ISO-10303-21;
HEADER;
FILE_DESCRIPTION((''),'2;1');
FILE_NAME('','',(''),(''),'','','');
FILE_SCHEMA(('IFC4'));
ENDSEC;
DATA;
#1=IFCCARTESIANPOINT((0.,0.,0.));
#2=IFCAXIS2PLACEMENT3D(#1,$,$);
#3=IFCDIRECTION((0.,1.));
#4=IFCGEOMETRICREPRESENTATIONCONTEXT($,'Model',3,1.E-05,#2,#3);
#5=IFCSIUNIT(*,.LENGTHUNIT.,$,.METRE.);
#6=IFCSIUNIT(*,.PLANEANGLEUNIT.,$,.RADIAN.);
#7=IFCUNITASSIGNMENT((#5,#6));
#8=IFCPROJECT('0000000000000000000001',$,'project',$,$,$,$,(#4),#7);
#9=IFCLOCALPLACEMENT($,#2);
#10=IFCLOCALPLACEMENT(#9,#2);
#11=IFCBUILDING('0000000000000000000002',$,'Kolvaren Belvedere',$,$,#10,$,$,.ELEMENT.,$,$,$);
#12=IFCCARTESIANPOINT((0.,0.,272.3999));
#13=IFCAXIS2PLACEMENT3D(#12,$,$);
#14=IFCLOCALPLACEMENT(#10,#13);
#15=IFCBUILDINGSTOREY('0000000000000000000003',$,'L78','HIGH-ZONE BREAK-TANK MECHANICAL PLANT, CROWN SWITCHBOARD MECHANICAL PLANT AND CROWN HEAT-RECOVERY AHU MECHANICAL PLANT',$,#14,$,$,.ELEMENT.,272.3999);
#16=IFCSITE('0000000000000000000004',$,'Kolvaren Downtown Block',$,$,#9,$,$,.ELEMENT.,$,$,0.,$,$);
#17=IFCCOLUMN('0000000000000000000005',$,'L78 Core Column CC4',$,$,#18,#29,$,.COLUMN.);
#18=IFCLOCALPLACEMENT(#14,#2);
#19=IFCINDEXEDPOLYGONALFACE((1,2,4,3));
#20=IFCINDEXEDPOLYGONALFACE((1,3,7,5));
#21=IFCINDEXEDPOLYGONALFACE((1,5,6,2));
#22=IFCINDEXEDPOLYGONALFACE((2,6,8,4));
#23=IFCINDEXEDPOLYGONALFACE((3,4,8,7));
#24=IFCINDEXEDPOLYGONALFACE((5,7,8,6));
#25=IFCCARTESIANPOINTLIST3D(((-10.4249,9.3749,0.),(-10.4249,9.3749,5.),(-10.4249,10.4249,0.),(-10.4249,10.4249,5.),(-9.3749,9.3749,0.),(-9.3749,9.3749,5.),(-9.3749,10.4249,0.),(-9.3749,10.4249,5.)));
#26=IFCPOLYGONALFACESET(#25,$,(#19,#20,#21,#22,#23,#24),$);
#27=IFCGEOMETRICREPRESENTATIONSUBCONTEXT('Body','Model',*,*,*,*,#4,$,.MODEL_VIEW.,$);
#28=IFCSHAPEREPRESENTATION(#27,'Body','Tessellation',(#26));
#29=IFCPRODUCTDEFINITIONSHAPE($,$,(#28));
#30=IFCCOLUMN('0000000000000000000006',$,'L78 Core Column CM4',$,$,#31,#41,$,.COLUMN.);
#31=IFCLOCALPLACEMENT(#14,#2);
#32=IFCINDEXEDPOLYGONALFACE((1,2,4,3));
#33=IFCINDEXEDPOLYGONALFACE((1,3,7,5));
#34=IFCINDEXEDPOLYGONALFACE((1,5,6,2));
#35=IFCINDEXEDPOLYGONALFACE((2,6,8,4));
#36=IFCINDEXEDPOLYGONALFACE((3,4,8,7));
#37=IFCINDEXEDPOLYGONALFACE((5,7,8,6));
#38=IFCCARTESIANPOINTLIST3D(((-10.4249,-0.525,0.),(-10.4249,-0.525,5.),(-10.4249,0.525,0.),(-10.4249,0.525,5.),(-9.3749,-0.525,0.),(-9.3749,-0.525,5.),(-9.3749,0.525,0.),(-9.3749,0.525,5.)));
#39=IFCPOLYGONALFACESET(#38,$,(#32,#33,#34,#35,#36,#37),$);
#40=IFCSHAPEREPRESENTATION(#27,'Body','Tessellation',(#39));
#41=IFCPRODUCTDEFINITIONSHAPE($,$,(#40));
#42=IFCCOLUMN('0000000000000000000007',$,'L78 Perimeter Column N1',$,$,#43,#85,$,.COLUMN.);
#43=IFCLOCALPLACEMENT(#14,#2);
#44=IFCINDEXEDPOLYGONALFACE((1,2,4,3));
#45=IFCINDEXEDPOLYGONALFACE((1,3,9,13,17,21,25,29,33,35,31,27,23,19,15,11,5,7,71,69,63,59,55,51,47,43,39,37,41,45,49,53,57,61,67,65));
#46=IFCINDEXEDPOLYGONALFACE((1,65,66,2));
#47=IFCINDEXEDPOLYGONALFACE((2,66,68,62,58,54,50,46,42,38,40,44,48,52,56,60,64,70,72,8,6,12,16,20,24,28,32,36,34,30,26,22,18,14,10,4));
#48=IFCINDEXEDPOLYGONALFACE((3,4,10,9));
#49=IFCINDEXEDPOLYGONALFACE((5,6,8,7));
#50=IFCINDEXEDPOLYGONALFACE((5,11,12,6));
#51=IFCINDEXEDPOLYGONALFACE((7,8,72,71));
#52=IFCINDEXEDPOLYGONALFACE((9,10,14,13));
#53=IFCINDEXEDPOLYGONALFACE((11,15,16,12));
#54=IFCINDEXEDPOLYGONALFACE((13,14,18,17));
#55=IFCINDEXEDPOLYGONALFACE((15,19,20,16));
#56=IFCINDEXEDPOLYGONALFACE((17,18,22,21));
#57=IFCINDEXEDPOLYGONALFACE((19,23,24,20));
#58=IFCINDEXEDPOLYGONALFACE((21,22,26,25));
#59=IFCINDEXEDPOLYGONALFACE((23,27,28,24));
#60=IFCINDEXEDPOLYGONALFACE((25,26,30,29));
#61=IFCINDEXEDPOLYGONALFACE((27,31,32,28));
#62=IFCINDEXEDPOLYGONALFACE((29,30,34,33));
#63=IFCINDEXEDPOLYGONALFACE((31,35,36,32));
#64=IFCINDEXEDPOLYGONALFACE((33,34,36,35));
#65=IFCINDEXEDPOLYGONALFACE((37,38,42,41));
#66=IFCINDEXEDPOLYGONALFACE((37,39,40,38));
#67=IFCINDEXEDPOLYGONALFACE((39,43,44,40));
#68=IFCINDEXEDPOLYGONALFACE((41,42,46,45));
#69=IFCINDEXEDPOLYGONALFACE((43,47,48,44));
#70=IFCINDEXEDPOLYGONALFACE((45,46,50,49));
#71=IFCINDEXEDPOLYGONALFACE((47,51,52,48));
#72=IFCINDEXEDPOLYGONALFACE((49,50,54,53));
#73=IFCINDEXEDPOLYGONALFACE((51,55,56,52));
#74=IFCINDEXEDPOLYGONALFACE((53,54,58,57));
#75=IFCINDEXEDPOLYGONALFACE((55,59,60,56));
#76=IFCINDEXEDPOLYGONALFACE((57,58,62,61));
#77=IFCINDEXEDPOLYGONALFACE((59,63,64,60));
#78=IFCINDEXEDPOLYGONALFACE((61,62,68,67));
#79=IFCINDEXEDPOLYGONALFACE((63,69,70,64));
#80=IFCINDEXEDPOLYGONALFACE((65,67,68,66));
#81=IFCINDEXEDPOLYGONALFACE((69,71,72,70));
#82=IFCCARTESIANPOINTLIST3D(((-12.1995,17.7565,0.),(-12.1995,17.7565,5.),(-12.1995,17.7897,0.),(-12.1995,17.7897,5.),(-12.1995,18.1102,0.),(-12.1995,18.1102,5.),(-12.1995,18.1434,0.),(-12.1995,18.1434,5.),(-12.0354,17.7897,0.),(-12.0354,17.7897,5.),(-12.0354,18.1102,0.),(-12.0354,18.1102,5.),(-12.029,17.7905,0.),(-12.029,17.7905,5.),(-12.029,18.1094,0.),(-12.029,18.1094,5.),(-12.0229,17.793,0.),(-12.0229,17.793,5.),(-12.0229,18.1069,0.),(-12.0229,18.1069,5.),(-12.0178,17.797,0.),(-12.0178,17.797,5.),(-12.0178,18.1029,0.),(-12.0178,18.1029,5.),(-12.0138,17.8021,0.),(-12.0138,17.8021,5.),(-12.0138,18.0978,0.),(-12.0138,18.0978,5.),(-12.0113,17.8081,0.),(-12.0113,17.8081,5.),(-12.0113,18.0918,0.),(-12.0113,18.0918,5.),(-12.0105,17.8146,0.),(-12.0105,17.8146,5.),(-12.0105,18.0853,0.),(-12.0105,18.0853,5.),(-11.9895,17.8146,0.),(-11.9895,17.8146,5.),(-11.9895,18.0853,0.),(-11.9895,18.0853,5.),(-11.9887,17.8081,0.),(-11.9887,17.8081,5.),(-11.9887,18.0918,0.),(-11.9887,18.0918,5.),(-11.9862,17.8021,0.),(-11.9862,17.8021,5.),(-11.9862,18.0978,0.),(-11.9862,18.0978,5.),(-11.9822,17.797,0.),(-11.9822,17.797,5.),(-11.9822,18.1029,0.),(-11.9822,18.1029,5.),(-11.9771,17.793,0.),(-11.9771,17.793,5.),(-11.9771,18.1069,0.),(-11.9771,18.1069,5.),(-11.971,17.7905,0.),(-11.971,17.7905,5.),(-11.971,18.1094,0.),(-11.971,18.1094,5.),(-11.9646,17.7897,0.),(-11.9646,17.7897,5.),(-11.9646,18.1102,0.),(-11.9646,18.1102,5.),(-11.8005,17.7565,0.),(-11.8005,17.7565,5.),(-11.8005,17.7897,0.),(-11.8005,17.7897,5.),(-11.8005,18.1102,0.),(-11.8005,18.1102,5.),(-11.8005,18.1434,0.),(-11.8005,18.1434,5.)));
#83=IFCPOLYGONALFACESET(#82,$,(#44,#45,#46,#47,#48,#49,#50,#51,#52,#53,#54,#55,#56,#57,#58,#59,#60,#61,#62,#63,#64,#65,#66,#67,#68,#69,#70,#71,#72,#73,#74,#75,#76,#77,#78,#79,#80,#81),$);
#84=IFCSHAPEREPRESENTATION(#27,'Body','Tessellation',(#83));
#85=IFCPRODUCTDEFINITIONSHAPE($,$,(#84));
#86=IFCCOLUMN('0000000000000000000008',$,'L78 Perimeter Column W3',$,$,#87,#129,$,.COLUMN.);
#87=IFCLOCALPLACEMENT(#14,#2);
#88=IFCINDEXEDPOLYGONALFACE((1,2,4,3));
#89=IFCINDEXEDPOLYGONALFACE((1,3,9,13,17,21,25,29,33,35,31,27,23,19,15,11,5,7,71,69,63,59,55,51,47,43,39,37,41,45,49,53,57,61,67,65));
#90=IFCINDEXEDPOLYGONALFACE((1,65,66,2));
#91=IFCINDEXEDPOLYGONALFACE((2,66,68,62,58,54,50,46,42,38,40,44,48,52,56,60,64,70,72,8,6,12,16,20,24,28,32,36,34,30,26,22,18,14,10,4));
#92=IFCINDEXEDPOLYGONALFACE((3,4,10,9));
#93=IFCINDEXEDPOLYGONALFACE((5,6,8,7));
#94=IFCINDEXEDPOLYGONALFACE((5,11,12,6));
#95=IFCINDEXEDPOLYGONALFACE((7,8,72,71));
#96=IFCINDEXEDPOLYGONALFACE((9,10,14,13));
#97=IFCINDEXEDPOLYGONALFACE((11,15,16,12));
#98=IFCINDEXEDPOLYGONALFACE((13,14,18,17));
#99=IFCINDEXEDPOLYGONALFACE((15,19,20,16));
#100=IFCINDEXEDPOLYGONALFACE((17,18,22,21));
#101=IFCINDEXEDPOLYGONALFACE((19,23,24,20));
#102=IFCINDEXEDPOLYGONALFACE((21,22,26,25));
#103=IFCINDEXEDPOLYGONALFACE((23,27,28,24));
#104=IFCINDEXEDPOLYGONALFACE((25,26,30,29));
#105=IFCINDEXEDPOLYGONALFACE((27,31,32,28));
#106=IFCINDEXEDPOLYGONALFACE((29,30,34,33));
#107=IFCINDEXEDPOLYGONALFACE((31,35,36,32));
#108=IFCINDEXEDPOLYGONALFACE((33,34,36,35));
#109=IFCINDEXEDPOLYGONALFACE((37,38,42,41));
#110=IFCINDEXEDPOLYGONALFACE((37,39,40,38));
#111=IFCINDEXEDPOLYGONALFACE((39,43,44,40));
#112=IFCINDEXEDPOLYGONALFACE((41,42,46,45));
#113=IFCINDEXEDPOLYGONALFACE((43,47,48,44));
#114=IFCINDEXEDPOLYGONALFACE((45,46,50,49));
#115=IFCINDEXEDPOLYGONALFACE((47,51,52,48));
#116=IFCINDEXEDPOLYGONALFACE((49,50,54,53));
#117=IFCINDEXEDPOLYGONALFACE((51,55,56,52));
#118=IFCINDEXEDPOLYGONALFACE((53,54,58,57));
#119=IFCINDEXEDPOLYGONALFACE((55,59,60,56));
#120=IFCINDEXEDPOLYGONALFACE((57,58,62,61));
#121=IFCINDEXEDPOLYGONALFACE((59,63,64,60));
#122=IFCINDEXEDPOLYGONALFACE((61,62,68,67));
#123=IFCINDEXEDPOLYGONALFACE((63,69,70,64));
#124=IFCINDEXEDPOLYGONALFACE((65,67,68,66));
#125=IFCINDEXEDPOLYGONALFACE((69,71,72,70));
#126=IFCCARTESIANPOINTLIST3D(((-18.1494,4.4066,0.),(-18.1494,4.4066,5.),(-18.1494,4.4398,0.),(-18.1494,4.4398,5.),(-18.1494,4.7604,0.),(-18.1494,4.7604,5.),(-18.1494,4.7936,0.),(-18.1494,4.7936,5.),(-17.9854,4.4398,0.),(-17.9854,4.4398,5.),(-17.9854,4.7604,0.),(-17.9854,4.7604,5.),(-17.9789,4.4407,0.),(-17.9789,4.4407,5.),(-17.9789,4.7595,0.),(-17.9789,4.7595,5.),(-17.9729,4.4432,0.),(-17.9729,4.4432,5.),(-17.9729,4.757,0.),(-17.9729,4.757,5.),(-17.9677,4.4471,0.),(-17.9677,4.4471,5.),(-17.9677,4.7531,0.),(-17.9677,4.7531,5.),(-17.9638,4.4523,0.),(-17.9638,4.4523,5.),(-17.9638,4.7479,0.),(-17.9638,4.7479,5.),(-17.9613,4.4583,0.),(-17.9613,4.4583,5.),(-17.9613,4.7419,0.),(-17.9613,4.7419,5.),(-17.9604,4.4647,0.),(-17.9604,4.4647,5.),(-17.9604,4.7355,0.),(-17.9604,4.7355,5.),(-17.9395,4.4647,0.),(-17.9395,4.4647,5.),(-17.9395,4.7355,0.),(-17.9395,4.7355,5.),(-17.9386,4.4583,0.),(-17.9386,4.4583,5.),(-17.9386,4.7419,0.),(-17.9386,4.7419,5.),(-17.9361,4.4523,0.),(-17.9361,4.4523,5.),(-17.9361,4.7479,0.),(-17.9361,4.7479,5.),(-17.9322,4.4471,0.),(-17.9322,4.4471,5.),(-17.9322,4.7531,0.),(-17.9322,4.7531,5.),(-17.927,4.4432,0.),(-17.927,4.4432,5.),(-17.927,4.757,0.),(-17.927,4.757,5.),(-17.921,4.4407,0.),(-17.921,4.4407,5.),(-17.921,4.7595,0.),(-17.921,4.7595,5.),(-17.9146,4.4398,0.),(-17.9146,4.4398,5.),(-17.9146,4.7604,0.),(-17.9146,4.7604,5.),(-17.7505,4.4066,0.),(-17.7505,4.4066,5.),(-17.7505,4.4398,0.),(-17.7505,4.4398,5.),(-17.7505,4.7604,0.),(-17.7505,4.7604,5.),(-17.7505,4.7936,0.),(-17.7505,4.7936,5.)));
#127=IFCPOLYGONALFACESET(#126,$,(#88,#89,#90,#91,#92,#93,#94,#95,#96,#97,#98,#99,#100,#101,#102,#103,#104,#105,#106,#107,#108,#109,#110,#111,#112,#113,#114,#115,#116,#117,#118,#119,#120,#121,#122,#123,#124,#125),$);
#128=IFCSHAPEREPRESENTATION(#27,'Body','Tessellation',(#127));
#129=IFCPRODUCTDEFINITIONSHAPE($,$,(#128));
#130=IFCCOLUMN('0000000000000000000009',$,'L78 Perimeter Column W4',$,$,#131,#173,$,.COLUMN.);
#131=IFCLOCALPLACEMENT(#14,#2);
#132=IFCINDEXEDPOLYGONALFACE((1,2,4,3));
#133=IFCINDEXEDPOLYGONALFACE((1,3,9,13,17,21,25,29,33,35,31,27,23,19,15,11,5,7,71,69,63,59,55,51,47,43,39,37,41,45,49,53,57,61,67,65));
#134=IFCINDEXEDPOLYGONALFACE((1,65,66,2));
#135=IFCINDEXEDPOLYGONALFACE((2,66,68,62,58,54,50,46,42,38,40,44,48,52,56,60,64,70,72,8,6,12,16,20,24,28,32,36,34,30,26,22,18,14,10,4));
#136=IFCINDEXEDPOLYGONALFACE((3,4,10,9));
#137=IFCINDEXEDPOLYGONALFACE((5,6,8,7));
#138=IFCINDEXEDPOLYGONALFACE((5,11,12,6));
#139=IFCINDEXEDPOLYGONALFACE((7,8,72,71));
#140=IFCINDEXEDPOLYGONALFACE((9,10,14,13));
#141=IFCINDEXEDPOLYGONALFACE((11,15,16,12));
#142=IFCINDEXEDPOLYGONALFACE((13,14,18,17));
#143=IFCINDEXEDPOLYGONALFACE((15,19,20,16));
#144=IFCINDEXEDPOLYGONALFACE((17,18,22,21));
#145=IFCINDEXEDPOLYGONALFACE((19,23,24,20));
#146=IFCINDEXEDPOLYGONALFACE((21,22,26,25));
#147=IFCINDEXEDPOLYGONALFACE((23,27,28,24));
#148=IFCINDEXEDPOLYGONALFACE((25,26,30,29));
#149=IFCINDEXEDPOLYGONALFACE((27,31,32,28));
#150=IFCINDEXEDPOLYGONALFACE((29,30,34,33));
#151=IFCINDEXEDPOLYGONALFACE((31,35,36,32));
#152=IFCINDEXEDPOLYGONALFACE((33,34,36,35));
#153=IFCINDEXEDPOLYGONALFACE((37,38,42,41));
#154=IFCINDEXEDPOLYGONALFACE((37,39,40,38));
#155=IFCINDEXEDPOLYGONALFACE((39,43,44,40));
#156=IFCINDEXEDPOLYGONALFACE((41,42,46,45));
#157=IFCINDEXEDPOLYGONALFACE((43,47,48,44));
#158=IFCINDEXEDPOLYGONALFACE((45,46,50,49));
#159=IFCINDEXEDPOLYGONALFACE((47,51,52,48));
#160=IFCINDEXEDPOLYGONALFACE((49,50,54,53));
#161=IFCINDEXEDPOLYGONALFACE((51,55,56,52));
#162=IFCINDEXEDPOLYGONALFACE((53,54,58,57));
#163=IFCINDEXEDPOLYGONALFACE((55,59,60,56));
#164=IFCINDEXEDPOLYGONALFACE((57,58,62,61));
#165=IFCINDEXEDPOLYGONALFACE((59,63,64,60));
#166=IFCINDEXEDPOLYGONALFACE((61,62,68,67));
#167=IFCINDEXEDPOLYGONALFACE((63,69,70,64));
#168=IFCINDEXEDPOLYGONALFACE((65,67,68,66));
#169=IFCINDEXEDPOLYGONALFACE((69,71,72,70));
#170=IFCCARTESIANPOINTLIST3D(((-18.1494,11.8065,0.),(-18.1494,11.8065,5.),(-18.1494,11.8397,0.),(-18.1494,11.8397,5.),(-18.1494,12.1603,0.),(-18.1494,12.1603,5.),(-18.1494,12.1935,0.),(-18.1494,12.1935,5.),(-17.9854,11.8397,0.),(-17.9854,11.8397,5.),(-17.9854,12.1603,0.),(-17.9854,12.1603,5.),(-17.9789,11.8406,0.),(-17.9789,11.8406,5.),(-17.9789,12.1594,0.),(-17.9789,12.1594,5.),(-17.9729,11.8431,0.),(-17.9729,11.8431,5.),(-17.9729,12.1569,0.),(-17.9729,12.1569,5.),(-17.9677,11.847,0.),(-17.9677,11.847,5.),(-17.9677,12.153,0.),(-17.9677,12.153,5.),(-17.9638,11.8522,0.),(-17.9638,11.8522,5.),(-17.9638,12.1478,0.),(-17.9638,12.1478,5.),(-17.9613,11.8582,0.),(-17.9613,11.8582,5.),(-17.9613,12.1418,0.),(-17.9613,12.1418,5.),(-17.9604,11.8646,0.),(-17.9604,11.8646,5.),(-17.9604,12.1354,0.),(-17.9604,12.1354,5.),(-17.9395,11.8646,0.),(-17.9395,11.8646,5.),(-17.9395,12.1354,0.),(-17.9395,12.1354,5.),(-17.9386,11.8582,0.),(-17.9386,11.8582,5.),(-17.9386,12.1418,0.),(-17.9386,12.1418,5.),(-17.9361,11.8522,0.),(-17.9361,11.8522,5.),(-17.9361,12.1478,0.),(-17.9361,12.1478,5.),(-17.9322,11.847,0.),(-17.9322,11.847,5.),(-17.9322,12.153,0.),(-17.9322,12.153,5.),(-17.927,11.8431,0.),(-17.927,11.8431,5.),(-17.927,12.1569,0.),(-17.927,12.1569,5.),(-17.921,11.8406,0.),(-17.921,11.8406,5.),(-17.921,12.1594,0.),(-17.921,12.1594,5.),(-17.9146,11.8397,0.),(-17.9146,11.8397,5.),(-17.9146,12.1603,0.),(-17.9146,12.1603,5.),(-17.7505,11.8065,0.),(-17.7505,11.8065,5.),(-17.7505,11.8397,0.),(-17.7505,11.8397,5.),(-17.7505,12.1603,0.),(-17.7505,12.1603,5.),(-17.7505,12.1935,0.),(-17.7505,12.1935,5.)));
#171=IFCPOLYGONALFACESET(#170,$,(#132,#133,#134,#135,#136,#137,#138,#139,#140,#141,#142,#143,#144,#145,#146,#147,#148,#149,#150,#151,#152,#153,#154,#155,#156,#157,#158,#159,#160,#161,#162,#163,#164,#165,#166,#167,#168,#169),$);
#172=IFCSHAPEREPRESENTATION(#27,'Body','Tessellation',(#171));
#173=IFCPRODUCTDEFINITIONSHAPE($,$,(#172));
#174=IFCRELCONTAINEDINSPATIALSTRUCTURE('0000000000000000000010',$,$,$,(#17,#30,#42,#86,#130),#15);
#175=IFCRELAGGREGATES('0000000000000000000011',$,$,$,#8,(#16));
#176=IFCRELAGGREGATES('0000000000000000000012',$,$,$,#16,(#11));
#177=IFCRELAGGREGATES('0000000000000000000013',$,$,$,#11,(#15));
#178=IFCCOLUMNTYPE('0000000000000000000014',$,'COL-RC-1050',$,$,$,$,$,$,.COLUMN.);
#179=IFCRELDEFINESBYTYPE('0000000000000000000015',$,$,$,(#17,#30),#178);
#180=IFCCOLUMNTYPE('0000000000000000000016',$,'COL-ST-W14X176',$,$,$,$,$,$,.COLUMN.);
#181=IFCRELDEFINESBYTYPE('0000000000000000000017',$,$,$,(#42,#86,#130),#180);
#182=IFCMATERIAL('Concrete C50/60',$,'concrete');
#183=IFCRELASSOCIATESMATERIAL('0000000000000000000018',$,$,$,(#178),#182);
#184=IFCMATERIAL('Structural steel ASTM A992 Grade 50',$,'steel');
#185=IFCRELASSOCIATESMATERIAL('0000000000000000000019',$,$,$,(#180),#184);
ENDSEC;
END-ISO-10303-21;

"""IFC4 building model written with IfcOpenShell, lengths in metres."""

from ifc_helpers import new_model, si_unit, direction, frame, origin, origin_2d, place, context, subcontext, project, spatial, rectangle, i_section, extrude, material, material_profile, profile_set, type_object, element, save


model = new_model("IFC4")

# Units and contexts
model_context = context("Model", 3, precision=1e-05, world=origin(), true_north=direction((0.0, 1.0)))
body_context = subcontext(model_context, "Body", "Model", "MODEL_VIEW")
ifc_project = project(units=[si_unit("LENGTHUNIT", "METRE"), si_unit("PLANEANGLEUNIT", "RADIAN")], contexts=[model_context])

# Site, building, storey
site_placement = place(None, origin())
site = spatial("IfcSite", under=ifc_project, at=site_placement, Name="Kolvaren Downtown Block", CompositionType="ELEMENT", RefElevation=0.0)
building_placement = place(site_placement, origin())
building = spatial("IfcBuilding", under=site, at=building_placement, Name="Kolvaren Belvedere", CompositionType="ELEMENT")
storey_placement = place(building_placement, frame((0.0, 0.0, 272.3999)))
storey = spatial("IfcBuildingStorey", under=building, at=storey_placement, Name="L78", Description="HIGH-ZONE BREAK-TANK MECHANICAL PLANT, CROWN SWITCHBOARD MECHANICAL PLANT AND CROWN HEAT-RECOVERY AHU MECHANICAL PLANT", CompositionType="ELEMENT", Elevation=272.3999)

# Columns
ifc_material_1 = material(Name="Concrete C50/60", Category="concrete")
ifc_material_profile_1 = material_profile(ifc_material_1, rectangle(XDim=1.05, YDim=1.05, at=origin_2d()), Name="RC 1050X1050")
ifc_profile_set_1 = profile_set([ifc_material_profile_1], Name="Concrete C50/60")
column_type_1 = type_object("IfcColumnType", Name="COL-RC-1050", PredefinedType="COLUMN", material=ifc_profile_set_1)
for number, where, z_axis, x_axis, name in (
    (1, (-9.8999, 9.8999, 0.0), (0.0, 0.0, 1.0), (1.0, 0.0, 0.0), "L78 Core Column CC4"),
    (2, (-9.8999, 0.0, 0.0), (0.0, 0.0, 1.0), (1.0, 0.0, 0.0), "L78 Core Column CM4"),
):
    element("IfcColumn", number, at=place(storey_placement, frame(where, z_axis=z_axis, x_axis=x_axis)), inside=storey, type_object=column_type_1, Name=name, PredefinedType="COLUMN", context=body_context, shape_type="SweptSolid", body=[
        extrude(rectangle(XDim=1.05, YDim=1.05, at=origin_2d()), origin(), (0.0, 0.0, 1.0), 5.0),
    ])
ifc_material_2 = material(Name="Structural steel ASTM A992 Grade 50", Category="steel")
ifc_material_profile_2 = material_profile(ifc_material_2, i_section(OverallWidth=0.3989, OverallDepth=0.387, WebThickness=0.021, FlangeThickness=0.0332, FilletRadius=0.0249, at=origin_2d()), Name="W14X176")
ifc_profile_set_2 = profile_set([ifc_material_profile_2], Name="Structural steel ASTM A992 Grade 50")
column_type_2 = type_object("IfcColumnType", Name="COL-ST-W14X176", PredefinedType="COLUMN", material=ifc_profile_set_2)
for number, where, z_axis, x_axis, name in (
    (3, (-12.0, 17.95, 0.0), (0.0, 0.0, 1.0), (1.0, 0.0, 0.0), "L78 Perimeter Column N1"),
    (4, (-17.95, 4.6001, 0.0), (0.0, 0.0, 1.0), (1.0, 0.0, 0.0), "L78 Perimeter Column W3"),
    (5, (-17.95, 12.0, 0.0), (0.0, 0.0, 1.0), (1.0, 0.0, 0.0), "L78 Perimeter Column W4"),
):
    element("IfcColumn", number, at=place(storey_placement, frame(where, z_axis=z_axis, x_axis=x_axis)), inside=storey, type_object=column_type_2, Name=name, PredefinedType="COLUMN", context=body_context, shape_type="SweptSolid", body=[
        extrude(i_section(OverallWidth=0.3989, OverallDepth=0.387, WebThickness=0.021, FlangeThickness=0.0332, FilletRadius=0.0249, at=origin_2d()), origin(), (0.0, 0.0, 1.0), 5.0),
    ])

save(model, "model.ifc")
